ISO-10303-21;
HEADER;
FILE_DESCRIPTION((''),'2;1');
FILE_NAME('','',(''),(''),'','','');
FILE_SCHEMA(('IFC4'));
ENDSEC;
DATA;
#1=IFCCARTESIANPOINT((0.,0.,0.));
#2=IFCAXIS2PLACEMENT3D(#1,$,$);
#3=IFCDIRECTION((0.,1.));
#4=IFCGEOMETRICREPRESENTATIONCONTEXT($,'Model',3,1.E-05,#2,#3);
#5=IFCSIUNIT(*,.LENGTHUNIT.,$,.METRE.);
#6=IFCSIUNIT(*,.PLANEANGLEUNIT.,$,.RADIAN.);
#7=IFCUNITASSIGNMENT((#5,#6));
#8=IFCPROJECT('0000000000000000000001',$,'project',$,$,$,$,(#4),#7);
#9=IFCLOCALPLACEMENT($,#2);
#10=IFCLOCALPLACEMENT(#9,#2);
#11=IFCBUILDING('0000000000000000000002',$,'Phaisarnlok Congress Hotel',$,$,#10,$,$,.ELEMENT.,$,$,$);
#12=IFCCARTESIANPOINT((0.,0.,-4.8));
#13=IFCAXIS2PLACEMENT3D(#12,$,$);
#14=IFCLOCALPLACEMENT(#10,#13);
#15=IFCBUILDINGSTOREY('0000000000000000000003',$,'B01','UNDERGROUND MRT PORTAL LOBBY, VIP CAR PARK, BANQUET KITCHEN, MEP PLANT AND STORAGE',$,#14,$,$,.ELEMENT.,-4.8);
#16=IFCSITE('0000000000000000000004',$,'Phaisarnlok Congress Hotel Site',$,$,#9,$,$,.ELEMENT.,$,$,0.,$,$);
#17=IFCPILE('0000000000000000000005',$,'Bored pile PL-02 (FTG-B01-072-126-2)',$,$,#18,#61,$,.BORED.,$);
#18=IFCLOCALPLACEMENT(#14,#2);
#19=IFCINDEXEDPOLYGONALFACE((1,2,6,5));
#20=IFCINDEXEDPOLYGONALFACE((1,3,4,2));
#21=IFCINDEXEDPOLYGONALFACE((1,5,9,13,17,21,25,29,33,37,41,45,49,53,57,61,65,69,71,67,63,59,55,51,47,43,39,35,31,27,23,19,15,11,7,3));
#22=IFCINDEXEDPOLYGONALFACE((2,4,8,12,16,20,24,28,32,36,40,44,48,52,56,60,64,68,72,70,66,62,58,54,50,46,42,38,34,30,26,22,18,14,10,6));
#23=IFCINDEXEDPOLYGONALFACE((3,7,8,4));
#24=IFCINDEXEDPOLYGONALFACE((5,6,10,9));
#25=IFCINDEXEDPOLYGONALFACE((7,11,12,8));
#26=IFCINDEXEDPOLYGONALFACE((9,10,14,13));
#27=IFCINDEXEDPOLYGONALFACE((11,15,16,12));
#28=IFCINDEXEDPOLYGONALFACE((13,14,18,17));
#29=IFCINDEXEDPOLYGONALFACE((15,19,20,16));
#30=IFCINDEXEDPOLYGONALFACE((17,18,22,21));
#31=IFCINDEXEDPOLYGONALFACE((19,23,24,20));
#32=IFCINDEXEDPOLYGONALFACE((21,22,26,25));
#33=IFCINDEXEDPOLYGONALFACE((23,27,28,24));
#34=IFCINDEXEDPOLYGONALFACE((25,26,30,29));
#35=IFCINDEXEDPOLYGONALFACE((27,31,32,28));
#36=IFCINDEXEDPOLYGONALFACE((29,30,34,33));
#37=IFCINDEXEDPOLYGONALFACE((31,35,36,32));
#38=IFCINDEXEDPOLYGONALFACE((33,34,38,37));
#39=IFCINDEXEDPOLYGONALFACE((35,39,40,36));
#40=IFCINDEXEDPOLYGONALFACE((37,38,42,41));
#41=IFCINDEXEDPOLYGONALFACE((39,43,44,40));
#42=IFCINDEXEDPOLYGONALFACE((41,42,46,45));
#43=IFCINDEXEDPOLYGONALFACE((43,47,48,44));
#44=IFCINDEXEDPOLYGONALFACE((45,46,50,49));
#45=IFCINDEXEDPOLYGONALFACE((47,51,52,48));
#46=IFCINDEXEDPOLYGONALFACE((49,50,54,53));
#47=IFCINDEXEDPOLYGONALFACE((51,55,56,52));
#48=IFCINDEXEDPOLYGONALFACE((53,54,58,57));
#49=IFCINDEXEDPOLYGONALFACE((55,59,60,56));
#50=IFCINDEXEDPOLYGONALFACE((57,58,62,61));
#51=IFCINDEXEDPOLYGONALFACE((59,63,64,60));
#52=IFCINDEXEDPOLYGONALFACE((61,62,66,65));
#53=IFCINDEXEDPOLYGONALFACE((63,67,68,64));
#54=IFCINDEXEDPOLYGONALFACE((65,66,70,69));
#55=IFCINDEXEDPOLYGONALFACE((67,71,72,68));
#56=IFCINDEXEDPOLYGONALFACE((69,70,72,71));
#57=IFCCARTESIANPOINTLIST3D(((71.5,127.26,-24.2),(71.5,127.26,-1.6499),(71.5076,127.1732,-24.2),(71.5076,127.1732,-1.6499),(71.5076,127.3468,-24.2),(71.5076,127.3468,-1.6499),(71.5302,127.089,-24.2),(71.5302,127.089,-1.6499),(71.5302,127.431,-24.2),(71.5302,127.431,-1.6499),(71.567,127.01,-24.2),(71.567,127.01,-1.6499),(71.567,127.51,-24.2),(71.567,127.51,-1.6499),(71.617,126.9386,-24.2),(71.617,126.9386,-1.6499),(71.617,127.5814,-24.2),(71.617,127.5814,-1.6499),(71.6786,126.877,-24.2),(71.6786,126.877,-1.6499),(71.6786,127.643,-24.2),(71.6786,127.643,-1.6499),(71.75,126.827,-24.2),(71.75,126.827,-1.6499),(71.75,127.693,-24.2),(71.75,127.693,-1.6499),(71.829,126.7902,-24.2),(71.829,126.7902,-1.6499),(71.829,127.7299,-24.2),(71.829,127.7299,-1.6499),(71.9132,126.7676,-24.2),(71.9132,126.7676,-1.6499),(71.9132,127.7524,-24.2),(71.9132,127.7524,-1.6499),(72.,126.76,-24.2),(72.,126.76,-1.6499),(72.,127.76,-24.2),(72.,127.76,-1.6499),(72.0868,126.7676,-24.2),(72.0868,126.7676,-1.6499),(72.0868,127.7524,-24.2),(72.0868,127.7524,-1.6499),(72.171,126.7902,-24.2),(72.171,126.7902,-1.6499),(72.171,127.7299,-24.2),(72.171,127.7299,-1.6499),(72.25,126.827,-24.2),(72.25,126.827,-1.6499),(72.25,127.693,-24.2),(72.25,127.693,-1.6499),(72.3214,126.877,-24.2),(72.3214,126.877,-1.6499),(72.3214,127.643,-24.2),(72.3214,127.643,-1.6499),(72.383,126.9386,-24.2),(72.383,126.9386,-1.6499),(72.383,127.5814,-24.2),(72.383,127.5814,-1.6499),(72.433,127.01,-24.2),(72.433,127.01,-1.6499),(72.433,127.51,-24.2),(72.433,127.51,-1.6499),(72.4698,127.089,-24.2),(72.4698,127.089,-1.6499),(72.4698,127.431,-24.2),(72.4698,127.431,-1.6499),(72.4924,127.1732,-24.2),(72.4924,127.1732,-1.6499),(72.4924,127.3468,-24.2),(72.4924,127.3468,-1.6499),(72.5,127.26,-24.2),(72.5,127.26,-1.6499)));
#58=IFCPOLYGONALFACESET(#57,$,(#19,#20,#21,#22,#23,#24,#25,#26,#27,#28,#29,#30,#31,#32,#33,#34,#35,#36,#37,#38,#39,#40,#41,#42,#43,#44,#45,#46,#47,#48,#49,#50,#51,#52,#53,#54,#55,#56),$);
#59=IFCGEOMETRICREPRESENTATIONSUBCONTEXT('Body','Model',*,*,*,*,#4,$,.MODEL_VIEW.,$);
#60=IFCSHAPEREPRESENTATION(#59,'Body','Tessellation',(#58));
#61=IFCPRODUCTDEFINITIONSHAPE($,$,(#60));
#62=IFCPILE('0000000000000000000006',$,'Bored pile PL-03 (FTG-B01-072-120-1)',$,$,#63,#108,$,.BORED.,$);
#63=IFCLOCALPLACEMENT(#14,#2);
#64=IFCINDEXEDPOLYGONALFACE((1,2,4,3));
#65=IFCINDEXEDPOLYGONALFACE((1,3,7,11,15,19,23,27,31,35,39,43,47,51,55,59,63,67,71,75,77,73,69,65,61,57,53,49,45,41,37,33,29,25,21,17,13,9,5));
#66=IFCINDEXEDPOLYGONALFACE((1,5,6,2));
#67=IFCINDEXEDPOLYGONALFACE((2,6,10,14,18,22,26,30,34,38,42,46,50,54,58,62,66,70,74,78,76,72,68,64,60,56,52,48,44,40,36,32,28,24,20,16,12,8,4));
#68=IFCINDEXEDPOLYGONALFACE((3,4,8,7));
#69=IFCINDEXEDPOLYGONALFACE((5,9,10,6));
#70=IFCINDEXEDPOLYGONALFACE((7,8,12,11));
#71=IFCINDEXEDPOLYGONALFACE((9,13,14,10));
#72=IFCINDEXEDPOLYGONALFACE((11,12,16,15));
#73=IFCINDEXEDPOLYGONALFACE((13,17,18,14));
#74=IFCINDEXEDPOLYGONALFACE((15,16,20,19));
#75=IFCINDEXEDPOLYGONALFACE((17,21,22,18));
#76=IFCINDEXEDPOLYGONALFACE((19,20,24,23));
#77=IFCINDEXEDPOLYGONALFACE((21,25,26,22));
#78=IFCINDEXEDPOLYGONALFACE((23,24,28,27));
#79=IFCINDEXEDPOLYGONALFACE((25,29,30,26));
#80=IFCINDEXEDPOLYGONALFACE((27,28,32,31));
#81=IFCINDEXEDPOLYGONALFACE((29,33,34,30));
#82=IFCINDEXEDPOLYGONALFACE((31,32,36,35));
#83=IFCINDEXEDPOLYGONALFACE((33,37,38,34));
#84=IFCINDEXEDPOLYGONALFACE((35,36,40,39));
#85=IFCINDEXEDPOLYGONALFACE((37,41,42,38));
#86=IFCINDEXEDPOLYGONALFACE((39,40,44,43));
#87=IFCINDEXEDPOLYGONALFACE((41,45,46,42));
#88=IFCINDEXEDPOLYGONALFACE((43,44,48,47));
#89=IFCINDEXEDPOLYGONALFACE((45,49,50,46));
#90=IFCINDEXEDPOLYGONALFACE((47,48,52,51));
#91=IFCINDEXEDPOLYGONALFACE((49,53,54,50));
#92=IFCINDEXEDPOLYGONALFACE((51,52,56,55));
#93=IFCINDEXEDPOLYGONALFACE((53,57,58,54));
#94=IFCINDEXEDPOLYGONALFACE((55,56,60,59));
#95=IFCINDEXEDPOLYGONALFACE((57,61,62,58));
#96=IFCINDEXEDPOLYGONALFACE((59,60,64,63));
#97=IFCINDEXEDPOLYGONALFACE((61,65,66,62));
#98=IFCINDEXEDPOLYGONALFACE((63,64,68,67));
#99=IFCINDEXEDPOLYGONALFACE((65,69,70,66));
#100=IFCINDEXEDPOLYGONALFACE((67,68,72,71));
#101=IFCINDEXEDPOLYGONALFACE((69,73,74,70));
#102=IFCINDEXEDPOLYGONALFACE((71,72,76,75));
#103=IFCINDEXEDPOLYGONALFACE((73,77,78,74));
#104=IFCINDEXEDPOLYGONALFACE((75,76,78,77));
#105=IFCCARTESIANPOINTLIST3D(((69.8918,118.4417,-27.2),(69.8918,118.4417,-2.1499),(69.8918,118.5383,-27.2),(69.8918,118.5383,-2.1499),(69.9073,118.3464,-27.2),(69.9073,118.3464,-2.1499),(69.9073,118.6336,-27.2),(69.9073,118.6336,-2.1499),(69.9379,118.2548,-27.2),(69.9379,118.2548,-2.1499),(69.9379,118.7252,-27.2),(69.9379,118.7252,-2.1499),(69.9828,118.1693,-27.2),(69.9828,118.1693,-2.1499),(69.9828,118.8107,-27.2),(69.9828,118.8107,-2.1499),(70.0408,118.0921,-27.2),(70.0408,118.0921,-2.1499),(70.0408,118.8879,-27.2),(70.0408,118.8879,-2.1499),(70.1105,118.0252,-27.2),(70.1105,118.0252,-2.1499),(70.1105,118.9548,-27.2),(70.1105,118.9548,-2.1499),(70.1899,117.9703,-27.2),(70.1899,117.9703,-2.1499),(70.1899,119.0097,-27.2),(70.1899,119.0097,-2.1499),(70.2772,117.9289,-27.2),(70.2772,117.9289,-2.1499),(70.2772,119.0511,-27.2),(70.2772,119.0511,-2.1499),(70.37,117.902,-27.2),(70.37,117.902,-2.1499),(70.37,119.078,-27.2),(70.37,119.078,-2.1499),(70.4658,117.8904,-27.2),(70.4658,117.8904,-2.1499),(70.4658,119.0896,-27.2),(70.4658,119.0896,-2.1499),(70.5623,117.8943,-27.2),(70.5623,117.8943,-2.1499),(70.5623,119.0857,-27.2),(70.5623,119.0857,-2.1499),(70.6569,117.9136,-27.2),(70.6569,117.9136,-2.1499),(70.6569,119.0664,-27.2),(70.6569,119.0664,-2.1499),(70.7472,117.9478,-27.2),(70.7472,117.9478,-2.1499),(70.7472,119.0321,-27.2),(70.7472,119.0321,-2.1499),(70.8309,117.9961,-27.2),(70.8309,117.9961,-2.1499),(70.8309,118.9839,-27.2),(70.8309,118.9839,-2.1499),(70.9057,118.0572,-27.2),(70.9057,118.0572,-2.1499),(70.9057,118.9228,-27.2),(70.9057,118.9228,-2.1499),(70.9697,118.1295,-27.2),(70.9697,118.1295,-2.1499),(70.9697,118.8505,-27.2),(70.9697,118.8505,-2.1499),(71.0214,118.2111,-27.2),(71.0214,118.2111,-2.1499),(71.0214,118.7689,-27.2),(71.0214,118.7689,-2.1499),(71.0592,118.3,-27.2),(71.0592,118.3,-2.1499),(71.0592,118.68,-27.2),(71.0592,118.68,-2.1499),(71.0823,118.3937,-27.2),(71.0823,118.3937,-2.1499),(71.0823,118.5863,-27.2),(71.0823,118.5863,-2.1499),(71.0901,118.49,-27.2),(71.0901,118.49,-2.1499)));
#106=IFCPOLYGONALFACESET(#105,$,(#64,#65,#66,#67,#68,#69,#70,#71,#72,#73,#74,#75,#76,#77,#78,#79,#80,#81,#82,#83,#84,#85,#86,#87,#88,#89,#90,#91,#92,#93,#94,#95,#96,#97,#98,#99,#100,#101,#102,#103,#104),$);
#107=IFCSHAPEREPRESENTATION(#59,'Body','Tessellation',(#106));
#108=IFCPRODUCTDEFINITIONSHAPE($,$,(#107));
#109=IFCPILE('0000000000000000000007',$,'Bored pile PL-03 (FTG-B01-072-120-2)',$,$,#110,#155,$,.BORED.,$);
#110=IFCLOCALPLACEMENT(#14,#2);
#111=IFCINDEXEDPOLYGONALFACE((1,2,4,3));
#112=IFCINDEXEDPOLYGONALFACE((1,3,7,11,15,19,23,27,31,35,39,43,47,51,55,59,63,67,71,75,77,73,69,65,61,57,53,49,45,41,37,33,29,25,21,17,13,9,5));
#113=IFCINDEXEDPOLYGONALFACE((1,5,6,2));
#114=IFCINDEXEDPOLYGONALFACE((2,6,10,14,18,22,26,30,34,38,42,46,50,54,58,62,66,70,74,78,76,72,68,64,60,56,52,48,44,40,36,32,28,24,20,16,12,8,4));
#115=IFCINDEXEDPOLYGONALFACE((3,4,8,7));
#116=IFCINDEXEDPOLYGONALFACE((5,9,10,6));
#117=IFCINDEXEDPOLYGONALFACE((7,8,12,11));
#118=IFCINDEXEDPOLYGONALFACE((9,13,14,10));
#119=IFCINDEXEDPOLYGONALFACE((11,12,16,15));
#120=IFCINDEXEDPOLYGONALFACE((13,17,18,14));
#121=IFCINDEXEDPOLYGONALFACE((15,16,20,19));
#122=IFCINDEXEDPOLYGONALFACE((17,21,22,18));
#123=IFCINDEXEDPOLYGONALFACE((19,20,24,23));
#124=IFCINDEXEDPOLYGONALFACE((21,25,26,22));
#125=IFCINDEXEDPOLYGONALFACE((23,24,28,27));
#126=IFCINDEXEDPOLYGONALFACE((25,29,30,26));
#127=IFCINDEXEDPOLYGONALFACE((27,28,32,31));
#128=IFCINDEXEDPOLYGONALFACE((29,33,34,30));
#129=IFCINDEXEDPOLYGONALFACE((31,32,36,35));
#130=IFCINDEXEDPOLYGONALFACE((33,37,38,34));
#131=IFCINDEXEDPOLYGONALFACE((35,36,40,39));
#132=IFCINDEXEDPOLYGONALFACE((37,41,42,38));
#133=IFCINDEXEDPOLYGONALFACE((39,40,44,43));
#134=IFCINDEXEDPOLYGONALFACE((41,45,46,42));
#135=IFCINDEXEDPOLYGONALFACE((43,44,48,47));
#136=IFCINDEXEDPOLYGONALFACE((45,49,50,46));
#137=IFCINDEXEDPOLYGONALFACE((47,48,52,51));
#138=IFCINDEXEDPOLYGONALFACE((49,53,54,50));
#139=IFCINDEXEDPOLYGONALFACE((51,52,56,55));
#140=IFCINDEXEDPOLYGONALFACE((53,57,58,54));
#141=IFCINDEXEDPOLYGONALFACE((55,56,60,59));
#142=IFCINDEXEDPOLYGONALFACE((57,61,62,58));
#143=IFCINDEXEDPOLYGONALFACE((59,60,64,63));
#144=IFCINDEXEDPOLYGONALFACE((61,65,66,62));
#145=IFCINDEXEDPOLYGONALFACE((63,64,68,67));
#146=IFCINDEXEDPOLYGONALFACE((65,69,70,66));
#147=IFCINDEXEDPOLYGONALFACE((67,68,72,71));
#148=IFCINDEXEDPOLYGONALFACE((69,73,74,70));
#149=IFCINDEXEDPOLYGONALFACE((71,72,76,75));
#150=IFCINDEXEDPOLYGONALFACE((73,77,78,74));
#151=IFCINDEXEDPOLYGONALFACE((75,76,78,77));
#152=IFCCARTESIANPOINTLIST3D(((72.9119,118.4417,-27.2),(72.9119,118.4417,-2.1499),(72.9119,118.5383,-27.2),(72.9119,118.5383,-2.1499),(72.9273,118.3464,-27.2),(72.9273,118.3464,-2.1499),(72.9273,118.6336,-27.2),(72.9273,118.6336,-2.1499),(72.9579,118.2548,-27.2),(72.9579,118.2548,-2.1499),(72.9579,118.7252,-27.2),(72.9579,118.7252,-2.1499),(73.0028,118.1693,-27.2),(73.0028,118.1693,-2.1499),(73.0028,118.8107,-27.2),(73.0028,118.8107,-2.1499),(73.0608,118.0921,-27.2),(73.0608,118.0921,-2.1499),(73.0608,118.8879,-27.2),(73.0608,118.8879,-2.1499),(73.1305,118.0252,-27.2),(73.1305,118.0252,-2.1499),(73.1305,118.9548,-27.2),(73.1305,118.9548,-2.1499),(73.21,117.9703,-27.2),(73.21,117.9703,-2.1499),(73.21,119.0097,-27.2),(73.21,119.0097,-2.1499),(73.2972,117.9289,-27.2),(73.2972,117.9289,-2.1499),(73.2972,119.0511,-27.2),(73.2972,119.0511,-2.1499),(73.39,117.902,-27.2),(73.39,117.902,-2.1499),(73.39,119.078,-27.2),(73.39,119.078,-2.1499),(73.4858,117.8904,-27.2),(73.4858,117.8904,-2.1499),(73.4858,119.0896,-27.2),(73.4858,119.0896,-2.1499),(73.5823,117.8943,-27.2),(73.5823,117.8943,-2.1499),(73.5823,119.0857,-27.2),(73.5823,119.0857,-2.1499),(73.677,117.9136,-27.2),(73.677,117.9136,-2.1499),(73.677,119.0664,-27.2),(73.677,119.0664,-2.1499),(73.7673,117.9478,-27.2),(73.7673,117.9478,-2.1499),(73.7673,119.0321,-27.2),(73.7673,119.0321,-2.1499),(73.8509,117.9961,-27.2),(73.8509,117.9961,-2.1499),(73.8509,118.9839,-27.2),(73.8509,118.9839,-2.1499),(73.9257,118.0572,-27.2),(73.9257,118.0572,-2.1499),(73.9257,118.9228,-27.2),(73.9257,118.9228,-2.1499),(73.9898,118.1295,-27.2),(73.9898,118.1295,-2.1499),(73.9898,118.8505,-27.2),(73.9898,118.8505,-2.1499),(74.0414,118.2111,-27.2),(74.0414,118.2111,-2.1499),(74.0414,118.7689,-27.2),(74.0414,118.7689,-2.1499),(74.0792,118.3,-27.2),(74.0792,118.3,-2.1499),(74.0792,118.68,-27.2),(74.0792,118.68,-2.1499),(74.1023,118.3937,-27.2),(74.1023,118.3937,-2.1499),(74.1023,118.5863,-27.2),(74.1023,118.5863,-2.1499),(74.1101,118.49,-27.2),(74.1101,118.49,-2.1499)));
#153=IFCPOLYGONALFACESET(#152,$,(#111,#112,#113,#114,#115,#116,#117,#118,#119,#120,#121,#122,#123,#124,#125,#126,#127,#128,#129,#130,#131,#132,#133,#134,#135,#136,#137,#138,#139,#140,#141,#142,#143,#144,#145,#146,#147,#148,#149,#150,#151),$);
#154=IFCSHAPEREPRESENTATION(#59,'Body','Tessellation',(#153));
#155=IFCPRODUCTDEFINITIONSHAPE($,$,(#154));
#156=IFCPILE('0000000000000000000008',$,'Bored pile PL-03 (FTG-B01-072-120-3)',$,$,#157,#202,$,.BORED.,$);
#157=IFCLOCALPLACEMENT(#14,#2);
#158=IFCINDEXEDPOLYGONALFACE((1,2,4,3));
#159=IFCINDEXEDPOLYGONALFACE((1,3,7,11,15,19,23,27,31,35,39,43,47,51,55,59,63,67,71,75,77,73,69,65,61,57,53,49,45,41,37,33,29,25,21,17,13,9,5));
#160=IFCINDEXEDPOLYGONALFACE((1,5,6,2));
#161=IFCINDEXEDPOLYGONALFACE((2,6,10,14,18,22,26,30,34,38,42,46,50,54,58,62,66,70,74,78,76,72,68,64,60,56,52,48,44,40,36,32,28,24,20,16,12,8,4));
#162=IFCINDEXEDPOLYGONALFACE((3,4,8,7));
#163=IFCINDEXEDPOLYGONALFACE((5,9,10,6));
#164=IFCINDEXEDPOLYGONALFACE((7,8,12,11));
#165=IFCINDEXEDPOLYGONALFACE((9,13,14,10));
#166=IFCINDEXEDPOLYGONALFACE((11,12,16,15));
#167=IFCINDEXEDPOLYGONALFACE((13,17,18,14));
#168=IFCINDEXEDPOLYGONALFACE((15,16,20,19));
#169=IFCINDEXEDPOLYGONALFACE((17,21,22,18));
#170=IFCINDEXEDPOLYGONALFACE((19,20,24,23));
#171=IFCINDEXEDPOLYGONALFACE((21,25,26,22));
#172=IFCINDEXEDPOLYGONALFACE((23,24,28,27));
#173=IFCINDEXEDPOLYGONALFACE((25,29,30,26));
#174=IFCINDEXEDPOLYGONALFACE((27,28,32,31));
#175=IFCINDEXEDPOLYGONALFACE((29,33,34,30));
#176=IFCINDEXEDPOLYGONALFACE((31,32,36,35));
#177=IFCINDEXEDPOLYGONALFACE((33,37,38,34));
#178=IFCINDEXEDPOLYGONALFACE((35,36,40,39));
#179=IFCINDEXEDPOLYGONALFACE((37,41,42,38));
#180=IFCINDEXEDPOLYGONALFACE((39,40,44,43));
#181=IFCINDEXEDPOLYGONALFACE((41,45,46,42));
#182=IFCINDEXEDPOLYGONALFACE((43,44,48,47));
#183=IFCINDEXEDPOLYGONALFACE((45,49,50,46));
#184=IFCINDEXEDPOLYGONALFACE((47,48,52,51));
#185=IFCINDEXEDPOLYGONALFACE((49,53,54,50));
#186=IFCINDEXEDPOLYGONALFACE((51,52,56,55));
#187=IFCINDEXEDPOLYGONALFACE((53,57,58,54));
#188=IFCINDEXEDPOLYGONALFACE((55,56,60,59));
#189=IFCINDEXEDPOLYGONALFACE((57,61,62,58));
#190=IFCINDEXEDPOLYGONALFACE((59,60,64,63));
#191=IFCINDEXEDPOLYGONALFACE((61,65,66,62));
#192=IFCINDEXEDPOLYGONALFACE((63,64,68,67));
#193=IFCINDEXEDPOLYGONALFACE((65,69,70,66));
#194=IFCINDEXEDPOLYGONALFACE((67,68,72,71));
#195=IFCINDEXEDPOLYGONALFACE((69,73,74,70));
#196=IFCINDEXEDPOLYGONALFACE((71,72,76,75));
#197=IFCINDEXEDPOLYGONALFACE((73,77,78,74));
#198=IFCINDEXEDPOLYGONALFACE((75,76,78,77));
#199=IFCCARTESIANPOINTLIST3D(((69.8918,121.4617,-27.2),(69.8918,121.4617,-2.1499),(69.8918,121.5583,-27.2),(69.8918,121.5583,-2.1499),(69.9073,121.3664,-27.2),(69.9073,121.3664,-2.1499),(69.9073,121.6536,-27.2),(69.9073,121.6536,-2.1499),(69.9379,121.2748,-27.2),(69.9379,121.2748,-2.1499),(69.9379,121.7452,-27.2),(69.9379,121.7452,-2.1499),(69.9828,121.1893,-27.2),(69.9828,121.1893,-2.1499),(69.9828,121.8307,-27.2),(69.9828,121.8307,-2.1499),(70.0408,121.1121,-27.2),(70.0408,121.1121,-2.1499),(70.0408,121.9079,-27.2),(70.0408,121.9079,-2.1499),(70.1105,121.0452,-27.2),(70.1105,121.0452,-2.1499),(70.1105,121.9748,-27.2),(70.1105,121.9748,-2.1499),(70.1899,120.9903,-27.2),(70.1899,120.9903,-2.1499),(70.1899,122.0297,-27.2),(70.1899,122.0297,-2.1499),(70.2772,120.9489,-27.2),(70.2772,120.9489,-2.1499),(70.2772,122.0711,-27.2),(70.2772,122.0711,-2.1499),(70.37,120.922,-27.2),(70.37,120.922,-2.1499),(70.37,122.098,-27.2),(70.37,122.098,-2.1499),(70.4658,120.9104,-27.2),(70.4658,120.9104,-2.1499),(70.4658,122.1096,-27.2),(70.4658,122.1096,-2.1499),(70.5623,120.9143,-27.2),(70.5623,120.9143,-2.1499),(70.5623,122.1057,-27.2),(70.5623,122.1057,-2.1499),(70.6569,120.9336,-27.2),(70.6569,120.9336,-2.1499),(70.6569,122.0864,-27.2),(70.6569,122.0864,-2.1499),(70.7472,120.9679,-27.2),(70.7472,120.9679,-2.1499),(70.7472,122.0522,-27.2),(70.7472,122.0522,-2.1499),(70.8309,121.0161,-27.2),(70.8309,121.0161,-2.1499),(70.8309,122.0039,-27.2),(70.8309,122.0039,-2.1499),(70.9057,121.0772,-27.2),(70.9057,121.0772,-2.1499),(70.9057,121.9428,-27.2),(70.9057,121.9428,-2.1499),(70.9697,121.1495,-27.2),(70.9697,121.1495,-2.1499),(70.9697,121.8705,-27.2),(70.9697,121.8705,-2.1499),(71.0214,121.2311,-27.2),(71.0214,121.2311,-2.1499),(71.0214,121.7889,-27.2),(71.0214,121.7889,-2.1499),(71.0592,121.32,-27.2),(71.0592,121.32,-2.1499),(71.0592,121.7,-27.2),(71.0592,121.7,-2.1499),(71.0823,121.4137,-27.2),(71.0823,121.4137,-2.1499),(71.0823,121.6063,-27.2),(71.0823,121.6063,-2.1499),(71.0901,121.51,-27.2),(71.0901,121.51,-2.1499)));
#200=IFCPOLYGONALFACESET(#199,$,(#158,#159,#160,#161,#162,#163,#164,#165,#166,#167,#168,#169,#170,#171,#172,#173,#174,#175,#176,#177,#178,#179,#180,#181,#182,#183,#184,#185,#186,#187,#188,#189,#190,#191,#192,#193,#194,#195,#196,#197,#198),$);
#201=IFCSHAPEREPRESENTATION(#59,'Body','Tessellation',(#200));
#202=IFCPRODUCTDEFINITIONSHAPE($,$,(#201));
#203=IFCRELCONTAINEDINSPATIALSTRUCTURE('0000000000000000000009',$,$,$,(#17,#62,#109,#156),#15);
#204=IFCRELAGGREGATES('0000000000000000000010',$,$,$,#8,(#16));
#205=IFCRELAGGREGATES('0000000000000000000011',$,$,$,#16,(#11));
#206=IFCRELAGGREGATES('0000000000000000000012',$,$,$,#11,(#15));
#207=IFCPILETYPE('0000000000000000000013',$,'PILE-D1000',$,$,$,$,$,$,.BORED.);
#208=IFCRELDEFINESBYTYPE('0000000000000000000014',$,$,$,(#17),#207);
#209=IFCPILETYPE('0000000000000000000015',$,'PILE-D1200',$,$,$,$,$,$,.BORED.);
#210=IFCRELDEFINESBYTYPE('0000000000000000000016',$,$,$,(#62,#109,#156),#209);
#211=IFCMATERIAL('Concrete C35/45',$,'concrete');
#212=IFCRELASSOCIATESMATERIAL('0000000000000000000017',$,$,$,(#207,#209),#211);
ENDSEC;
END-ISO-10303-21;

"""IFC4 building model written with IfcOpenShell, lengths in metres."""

from ifc_helpers import new_model, si_unit, direction, frame, origin, origin_2d, place, context, subcontext, project, spatial, circle, extrude, material, material_profile, profile_set, type_object, element, save


model = new_model("IFC4")

# Units and contexts
model_context = context("Model", 3, precision=1e-05, world=origin(), true_north=direction((0.0, 1.0)))
body_context = subcontext(model_context, "Body", "Model", "MODEL_VIEW")
ifc_project = project(units=[si_unit("LENGTHUNIT", "METRE"), si_unit("PLANEANGLEUNIT", "RADIAN")], contexts=[model_context])

# Site, building, storey
site_placement = place(None, origin())
site = spatial("IfcSite", under=ifc_project, at=site_placement, Name="Phaisarnlok Congress Hotel Site", CompositionType="ELEMENT", RefElevation=0.0)
building_placement = place(site_placement, origin())
building = spatial("IfcBuilding", under=site, at=building_placement, Name="Phaisarnlok Congress Hotel", CompositionType="ELEMENT")
storey_placement = place(building_placement, frame((0.0, 0.0, -4.8)))
storey = spatial("IfcBuildingStorey", under=building, at=storey_placement, Name="B01", Description="UNDERGROUND MRT PORTAL LOBBY, VIP CAR PARK, BANQUET KITCHEN, MEP PLANT AND STORAGE", CompositionType="ELEMENT", Elevation=-4.8)

# Piles
ifc_material_1 = material(Name="Concrete C35/45", Category="concrete")
ifc_material_profile_1 = material_profile(ifc_material_1, circle(Radius=0.5, at=origin_2d()), Name="BORED PILE D1000")
ifc_profile_set_1 = profile_set([ifc_material_profile_1], Name="Concrete C35/45")
pile_type_1 = type_object("IfcPileType", Name="PILE-D1000", PredefinedType="BORED", material=ifc_profile_set_1)
for number, where, z_axis, x_axis, name in (
    (1, (72.0, 127.26, -1.6499), (0.0, 0.0, -1.0), (1.0, 0.0, 0.0), "Bored pile PL-02 (FTG-B01-072-126-2)"),
):
    element("IfcPile", number, at=place(storey_placement, frame(where, z_axis=z_axis, x_axis=x_axis)), inside=storey, type_object=pile_type_1, Name=name, PredefinedType="BORED", context=body_context, shape_type="SweptSolid", body=[
        extrude(circle(Radius=0.5, at=origin_2d()), origin(), (0.0, 0.0, 1.0), 22.55),
    ])
ifc_material_profile_2 = material_profile(ifc_material_1, circle(Radius=0.6001, at=origin_2d()), Name="BORED PILE D1200")
ifc_profile_set_2 = profile_set([ifc_material_profile_2], Name="Concrete C35/45")
pile_type_2 = type_object("IfcPileType", Name="PILE-D1200", PredefinedType="BORED", material=ifc_profile_set_2)
for number, where, z_axis, x_axis, name in (
    (2, (70.49, 118.49, -2.1499), (0.0, 0.0, -1.0), (1.0, 0.0, 0.0), "Bored pile PL-03 (FTG-B01-072-120-1)"),
    (3, (73.51, 118.49, -2.1499), (0.0, 0.0, -1.0), (1.0, 0.0, 0.0), "Bored pile PL-03 (FTG-B01-072-120-2)"),
    (4, (70.49, 121.51, -2.1499), (0.0, 0.0, -1.0), (1.0, 0.0, 0.0), "Bored pile PL-03 (FTG-B01-072-120-3)"),
):
    element("IfcPile", number, at=place(storey_placement, frame(where, z_axis=z_axis, x_axis=x_axis)), inside=storey, type_object=pile_type_2, Name=name, PredefinedType="BORED", context=body_context, shape_type="SweptSolid", body=[
        extrude(circle(Radius=0.6001, at=origin_2d()), origin(), (0.0, 0.0, 1.0), 25.05),
    ])

save(model, "model.ifc")
